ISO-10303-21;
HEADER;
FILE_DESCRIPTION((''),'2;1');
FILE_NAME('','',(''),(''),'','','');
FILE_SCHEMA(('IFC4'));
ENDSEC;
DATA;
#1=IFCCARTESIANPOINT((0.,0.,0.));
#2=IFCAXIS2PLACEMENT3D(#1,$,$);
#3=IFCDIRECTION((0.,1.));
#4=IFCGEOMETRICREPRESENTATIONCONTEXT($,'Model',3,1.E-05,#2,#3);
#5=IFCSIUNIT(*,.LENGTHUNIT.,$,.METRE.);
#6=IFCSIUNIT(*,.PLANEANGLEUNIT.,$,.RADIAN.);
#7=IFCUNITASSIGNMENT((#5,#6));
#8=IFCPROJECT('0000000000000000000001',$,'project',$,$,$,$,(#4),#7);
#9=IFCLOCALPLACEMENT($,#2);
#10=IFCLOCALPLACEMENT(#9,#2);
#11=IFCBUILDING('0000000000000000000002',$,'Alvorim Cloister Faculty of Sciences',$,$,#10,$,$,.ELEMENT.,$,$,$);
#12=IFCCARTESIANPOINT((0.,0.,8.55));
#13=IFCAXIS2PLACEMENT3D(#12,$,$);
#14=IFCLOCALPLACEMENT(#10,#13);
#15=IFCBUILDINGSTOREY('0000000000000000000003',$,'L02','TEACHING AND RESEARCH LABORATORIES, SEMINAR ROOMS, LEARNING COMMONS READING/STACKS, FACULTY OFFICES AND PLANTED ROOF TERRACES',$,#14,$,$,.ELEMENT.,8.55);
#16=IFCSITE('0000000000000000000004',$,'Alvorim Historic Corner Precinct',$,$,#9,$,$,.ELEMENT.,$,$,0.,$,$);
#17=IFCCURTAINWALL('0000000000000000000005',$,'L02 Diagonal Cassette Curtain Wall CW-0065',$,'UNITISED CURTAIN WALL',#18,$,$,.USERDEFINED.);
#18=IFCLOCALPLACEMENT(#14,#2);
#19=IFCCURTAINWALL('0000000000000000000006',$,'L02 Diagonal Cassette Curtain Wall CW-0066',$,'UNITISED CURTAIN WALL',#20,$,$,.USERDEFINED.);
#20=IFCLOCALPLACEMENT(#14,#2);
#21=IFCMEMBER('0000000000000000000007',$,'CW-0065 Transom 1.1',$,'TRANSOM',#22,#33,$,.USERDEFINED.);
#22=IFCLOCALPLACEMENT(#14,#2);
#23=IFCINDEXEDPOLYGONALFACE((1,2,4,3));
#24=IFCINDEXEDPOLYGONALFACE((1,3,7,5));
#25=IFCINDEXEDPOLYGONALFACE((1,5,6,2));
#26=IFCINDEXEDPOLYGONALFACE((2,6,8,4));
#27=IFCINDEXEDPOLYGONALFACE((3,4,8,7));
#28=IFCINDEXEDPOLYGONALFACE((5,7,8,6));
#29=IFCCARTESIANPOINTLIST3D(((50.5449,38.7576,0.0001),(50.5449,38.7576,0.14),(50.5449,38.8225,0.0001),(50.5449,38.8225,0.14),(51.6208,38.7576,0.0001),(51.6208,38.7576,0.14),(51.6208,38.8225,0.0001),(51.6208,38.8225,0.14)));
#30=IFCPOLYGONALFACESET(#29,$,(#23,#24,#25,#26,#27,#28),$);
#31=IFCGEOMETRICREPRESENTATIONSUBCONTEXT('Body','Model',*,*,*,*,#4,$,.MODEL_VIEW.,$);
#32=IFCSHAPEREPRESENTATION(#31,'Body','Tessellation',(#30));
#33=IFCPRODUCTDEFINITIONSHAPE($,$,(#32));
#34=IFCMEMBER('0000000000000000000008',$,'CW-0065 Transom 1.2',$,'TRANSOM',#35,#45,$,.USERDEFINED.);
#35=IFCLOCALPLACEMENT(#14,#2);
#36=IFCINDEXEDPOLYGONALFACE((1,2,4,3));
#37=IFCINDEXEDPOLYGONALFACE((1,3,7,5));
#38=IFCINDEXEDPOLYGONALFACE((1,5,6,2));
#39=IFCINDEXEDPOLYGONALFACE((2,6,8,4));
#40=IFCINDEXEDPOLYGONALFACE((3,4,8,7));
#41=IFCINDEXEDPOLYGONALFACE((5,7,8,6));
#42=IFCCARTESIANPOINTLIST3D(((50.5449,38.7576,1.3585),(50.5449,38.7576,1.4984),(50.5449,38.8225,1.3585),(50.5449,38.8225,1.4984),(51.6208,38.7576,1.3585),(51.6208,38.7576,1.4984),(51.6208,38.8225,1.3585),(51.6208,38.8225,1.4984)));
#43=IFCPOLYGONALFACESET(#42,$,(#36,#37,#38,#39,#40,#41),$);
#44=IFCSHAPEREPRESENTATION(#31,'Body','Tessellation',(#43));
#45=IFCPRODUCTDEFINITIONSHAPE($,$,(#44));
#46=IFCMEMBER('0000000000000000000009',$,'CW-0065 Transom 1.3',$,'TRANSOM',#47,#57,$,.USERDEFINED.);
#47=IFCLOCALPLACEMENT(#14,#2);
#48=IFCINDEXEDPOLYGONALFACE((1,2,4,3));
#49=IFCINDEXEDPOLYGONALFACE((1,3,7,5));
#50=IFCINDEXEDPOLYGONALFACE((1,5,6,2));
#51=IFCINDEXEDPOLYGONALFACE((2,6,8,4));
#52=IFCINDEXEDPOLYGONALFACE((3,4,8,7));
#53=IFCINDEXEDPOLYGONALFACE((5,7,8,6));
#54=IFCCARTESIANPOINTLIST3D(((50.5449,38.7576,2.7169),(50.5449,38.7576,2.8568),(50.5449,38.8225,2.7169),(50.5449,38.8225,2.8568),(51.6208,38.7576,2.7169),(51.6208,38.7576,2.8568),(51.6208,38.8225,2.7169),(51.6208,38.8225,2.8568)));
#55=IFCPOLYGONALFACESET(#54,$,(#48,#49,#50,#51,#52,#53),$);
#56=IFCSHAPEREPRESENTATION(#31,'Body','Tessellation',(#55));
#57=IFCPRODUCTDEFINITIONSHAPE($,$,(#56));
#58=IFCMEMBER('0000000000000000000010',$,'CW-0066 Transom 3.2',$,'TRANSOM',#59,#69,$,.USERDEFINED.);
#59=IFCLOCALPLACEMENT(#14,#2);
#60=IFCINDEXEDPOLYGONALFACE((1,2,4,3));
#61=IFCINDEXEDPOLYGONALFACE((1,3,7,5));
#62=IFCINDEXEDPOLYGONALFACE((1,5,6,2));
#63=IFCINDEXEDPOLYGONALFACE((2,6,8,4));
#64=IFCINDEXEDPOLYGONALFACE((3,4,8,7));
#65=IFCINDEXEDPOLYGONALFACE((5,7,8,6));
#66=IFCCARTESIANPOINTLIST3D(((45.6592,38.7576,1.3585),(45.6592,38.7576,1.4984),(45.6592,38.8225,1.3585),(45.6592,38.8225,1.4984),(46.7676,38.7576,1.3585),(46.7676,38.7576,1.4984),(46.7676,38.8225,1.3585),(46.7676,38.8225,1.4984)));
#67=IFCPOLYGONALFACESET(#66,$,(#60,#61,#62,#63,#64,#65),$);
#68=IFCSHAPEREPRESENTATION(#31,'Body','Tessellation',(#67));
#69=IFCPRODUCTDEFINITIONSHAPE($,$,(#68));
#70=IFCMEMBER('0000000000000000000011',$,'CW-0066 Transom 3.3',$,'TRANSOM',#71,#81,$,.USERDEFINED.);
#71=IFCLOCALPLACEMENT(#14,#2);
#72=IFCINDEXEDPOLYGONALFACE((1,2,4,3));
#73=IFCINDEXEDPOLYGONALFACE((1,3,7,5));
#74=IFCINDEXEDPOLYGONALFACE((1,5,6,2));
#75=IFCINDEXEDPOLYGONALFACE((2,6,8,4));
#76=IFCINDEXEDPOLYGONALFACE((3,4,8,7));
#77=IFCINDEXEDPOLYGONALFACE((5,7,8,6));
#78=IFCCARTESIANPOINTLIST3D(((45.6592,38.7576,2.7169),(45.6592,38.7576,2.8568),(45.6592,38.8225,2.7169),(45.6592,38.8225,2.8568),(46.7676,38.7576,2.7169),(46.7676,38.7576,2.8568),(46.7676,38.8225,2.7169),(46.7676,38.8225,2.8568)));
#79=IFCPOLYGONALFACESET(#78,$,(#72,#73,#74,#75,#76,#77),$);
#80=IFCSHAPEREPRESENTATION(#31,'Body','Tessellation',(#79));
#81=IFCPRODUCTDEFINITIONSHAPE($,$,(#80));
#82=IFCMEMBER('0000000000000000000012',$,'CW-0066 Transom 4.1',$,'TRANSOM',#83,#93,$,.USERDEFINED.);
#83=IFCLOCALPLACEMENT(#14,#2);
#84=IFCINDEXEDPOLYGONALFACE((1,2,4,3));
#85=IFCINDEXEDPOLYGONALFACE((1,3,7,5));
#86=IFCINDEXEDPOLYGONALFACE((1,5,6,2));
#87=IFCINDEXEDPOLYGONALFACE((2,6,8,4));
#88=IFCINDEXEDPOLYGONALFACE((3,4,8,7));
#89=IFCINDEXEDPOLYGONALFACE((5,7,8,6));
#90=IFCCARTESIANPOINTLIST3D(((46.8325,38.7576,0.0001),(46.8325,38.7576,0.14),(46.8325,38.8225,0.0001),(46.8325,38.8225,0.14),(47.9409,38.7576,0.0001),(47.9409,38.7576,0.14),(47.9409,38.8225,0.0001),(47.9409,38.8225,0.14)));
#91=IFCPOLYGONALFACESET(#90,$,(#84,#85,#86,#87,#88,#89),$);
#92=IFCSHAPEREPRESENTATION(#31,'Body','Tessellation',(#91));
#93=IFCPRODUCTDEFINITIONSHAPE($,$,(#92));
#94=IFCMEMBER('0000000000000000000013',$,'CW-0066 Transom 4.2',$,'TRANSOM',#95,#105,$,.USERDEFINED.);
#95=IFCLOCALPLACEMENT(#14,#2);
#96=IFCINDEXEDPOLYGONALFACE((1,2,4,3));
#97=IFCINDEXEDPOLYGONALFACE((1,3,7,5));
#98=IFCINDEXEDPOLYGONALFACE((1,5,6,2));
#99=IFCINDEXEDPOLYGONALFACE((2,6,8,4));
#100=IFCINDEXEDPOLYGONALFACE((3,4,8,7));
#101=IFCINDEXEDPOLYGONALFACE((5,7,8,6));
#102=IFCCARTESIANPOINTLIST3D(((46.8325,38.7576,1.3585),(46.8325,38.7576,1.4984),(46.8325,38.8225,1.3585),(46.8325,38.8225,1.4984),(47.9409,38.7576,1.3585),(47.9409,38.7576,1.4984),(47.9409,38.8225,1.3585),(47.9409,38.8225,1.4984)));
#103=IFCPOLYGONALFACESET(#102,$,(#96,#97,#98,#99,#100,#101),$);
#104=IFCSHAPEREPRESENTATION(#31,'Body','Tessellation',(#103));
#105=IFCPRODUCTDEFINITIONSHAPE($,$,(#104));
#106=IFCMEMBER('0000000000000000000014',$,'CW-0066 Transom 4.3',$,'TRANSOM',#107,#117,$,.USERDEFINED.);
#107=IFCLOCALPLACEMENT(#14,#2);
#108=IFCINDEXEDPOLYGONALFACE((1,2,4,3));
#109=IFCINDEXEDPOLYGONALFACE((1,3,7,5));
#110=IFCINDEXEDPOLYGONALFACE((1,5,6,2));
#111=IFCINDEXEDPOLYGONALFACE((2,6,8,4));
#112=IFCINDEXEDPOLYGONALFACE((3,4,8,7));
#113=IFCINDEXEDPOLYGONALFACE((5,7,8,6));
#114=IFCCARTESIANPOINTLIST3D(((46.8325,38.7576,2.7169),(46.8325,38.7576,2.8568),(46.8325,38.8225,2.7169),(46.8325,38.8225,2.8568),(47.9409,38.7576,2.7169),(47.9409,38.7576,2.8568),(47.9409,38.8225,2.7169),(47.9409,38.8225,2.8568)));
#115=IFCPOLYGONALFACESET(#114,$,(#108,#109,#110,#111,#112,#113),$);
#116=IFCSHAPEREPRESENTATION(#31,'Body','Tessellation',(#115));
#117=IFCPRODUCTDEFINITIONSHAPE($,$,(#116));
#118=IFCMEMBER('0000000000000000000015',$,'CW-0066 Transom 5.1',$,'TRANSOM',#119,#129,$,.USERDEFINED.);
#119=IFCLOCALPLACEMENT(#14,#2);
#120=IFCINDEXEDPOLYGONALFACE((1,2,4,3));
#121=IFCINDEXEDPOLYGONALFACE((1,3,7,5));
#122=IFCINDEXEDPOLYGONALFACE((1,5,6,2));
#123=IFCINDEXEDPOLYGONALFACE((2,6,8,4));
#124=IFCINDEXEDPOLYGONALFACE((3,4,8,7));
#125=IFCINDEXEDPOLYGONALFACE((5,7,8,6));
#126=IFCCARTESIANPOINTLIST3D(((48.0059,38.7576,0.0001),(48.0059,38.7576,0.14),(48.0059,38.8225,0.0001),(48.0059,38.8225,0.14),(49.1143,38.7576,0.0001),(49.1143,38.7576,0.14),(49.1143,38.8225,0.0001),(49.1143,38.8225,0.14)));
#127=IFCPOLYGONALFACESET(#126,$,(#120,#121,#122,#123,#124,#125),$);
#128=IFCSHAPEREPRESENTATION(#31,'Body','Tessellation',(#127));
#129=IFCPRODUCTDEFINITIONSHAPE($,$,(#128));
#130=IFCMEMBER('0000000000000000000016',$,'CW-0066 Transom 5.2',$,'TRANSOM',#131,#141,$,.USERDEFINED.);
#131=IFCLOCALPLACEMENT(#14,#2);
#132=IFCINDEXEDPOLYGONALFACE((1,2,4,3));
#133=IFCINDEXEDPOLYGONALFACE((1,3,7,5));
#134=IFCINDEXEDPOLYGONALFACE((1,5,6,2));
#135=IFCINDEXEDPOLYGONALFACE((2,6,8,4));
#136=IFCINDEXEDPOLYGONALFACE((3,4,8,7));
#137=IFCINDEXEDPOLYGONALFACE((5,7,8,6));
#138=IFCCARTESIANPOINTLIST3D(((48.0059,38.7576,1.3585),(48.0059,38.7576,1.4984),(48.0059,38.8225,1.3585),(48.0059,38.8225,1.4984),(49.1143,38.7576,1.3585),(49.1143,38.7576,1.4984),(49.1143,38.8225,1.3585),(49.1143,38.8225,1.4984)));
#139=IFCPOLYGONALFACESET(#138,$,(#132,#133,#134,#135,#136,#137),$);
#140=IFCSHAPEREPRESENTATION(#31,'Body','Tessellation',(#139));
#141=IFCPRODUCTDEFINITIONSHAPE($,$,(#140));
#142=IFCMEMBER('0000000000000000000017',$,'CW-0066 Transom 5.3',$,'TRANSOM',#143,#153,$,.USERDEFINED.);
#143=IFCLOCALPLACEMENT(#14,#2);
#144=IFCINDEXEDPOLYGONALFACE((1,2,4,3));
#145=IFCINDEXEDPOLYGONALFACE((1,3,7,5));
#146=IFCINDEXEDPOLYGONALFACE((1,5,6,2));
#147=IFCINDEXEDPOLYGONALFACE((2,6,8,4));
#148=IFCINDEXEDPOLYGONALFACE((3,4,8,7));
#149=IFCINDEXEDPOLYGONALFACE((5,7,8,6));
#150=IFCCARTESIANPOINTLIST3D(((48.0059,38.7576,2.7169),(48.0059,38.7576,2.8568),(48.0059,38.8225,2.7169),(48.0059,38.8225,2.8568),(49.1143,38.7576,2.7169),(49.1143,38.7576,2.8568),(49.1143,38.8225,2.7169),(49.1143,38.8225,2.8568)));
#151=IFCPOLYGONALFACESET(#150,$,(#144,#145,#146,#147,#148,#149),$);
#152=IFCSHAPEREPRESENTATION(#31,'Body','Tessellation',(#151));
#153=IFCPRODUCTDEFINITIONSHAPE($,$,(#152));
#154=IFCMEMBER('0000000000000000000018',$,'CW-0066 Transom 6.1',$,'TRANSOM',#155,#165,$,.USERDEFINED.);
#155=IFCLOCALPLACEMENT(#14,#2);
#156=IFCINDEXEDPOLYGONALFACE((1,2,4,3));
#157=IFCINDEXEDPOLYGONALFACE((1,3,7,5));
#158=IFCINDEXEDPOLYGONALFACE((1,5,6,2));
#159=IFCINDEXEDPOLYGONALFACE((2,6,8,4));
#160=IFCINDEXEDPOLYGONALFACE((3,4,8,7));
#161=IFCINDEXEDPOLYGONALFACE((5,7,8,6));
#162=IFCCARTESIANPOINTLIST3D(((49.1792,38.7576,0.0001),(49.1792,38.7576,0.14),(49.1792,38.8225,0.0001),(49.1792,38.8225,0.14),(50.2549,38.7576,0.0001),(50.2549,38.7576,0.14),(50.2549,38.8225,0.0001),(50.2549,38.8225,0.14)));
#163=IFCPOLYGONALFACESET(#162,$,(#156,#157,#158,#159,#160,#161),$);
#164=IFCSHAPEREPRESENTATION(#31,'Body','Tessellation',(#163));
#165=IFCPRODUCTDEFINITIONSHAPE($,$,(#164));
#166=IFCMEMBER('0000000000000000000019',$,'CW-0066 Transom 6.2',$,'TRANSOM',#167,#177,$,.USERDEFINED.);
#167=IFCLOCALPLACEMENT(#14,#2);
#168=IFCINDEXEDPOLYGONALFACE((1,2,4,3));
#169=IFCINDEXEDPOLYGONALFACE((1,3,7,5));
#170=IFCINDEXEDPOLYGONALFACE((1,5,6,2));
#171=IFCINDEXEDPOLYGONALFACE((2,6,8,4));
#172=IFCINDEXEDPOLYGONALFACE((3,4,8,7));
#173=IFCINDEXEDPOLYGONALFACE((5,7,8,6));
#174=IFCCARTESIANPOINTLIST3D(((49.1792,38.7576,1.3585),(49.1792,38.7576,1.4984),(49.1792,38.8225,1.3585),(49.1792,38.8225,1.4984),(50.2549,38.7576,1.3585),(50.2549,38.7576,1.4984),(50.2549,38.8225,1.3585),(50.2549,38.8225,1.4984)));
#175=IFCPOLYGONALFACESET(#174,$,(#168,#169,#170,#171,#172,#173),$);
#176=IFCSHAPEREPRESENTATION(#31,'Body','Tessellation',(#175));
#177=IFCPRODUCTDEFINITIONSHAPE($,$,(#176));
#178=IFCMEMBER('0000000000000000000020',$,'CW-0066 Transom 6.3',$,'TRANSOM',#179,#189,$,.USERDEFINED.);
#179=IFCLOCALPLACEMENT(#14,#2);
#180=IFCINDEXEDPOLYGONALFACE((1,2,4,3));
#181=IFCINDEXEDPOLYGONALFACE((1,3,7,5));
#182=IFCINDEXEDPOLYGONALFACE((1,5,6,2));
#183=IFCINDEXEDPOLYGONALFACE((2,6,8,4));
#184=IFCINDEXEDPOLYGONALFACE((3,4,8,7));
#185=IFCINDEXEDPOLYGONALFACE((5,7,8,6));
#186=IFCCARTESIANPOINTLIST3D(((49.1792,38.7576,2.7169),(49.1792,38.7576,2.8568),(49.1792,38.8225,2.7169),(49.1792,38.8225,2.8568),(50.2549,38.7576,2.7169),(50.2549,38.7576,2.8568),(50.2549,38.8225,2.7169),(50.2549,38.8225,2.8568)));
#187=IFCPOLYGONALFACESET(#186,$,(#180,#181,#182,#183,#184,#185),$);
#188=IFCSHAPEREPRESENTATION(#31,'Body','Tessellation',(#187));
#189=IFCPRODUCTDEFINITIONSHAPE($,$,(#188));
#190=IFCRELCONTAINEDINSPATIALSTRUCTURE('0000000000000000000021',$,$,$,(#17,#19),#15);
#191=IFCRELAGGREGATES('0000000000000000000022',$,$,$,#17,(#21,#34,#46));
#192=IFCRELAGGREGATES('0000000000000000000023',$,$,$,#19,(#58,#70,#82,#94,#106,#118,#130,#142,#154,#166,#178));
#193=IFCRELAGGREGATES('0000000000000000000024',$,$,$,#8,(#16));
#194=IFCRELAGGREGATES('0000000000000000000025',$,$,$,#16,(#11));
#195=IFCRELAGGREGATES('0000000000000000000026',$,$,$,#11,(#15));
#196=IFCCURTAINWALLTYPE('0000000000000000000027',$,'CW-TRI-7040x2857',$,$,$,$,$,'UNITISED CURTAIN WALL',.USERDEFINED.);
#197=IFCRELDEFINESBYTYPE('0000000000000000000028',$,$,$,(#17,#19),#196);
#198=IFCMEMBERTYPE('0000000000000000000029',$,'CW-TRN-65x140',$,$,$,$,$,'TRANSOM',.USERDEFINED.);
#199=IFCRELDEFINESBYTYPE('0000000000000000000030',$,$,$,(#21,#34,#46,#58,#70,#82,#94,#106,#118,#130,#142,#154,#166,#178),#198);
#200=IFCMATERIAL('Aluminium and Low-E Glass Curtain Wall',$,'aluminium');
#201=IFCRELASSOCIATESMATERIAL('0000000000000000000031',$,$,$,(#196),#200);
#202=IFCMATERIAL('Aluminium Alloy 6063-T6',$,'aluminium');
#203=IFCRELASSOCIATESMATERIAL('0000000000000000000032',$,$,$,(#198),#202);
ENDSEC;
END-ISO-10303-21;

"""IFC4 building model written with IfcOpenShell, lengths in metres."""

from ifc_helpers import new_model, si_unit, direction, frame, origin, origin_2d, place, context, subcontext, project, spatial, rectangle, extrude, material, material_profile, profile_set, type_object, element, aggregate, save


model = new_model("IFC4")

# Units and contexts
model_context = context("Model", 3, precision=1e-05, world=origin(), true_north=direction((0.0, 1.0)))
body_context = subcontext(model_context, "Body", "Model", "MODEL_VIEW")
ifc_project = project(units=[si_unit("LENGTHUNIT", "METRE"), si_unit("PLANEANGLEUNIT", "RADIAN")], contexts=[model_context])

# Site, building, storey
site_placement = place(None, origin())
site = spatial("IfcSite", under=ifc_project, at=site_placement, Name="Alvorim Historic Corner Precinct", CompositionType="ELEMENT", RefElevation=0.0)
building_placement = place(site_placement, origin())
building = spatial("IfcBuilding", under=site, at=building_placement, Name="Alvorim Cloister Faculty of Sciences", CompositionType="ELEMENT")
storey_placement = place(building_placement, frame((0.0, 0.0, 8.55)))
storey = spatial("IfcBuildingStorey", under=building, at=storey_placement, Name="L02", Description="TEACHING AND RESEARCH LABORATORIES, SEMINAR ROOMS, LEARNING COMMONS READING/STACKS, FACULTY OFFICES AND PLANTED ROOF TERRACES", CompositionType="ELEMENT", Elevation=8.55)

# Curtain wall
ifc_material_1 = material(Name="Aluminium and Low-E Glass Curtain Wall", Category="aluminium")
curtain_wall_type = type_object("IfcCurtainWallType", Name="CW-TRI-7040x2857", ElementType="UNITISED CURTAIN WALL", PredefinedType="USERDEFINED", material=ifc_material_1)
curtain_wall_1_placement = place(storey_placement, origin())
curtain_wall_1 = element("IfcCurtainWall", 1, at=curtain_wall_1_placement, inside=storey, type_object=curtain_wall_type, Name="L02 Diagonal Cassette Curtain Wall CW-0065", ObjectType="UNITISED CURTAIN WALL", PredefinedType="USERDEFINED")
ifc_material_2 = material(Name="Aluminium Alloy 6063-T6", Category="aluminium")

# Curtain wall
curtain_wall_2_placement = place(storey_placement, origin())
curtain_wall_2 = element("IfcCurtainWall", 2, at=curtain_wall_2_placement, inside=storey, type_object=curtain_wall_type, Name="L02 Diagonal Cassette Curtain Wall CW-0066", ObjectType="UNITISED CURTAIN WALL", PredefinedType="USERDEFINED")

# Members
ifc_material_profile_1 = material_profile(ifc_material_2, rectangle(XDim=0.0649, YDim=0.1399, at=origin_2d()), Name="ALU-TRN-65x140")
ifc_profile_set_1 = profile_set([ifc_material_profile_1], Name="Aluminium Alloy 6063-T6")
member_type_1 = type_object("IfcMemberType", Name="CW-TRN-65x140", ElementType="TRANSOM", PredefinedType="USERDEFINED", material=ifc_profile_set_1)
member_1_placement = place(storey_placement, frame((50.5449, 38.79, 0.0701), z_axis=(1.0, 0.0, 0.0), x_axis=(0.0, 1.0, 0.0)))
member_1 = element("IfcMember", 3, at=member_1_placement, type_object=member_type_1, Name="CW-0065 Transom 1.1", ObjectType="TRANSOM", PredefinedType="USERDEFINED", context=body_context, shape_type="SweptSolid", body=[
    extrude(rectangle(XDim=0.0649, YDim=0.1399, at=origin_2d()), origin(), (0.0, 0.0, 1.0), 1.0759),
])
member_2_placement = place(storey_placement, frame((50.5449, 38.79, 1.4285), z_axis=(1.0, 0.0, 0.0), x_axis=(0.0, 1.0, 0.0)))
member_2 = element("IfcMember", 4, at=member_2_placement, type_object=member_type_1, Name="CW-0065 Transom 1.2", ObjectType="TRANSOM", PredefinedType="USERDEFINED", context=body_context, shape_type="SweptSolid", body=[
    extrude(rectangle(XDim=0.0649, YDim=0.1399, at=origin_2d()), origin(), (0.0, 0.0, 1.0), 1.0759),
])
member_3_placement = place(storey_placement, frame((50.5449, 38.79, 2.7869), z_axis=(1.0, 0.0, 0.0), x_axis=(0.0, 1.0, 0.0)))
member_3 = element("IfcMember", 5, at=member_3_placement, type_object=member_type_1, Name="CW-0065 Transom 1.3", ObjectType="TRANSOM", PredefinedType="USERDEFINED", context=body_context, shape_type="SweptSolid", body=[
    extrude(rectangle(XDim=0.0649, YDim=0.1399, at=origin_2d()), origin(), (0.0, 0.0, 1.0), 1.0759),
])
aggregate(curtain_wall_1, [member_1, member_2, member_3])
member_4_placement = place(storey_placement, frame((45.6592, 38.79, 1.4285), z_axis=(1.0, 0.0, 0.0), x_axis=(0.0, 1.0, 0.0)))
member_4 = element("IfcMember", 6, at=member_4_placement, type_object=member_type_1, Name="CW-0066 Transom 3.2", ObjectType="TRANSOM", PredefinedType="USERDEFINED", context=body_context, shape_type="SweptSolid", body=[
    extrude(rectangle(XDim=0.0649, YDim=0.1399, at=origin_2d()), origin(), (0.0, 0.0, 1.0), 1.1084),
])
member_5_placement = place(storey_placement, frame((45.6592, 38.79, 2.7869), z_axis=(1.0, 0.0, 0.0), x_axis=(0.0, 1.0, 0.0)))
member_5 = element("IfcMember", 7, at=member_5_placement, type_object=member_type_1, Name="CW-0066 Transom 3.3", ObjectType="TRANSOM", PredefinedType="USERDEFINED", context=body_context, shape_type="SweptSolid", body=[
    extrude(rectangle(XDim=0.0649, YDim=0.1399, at=origin_2d()), origin(), (0.0, 0.0, 1.0), 1.1084),
])
member_6_placement = place(storey_placement, frame((46.8325, 38.79, 0.0701), z_axis=(1.0, 0.0, 0.0), x_axis=(0.0, 1.0, 0.0)))
member_6 = element("IfcMember", 8, at=member_6_placement, type_object=member_type_1, Name="CW-0066 Transom 4.1", ObjectType="TRANSOM", PredefinedType="USERDEFINED", context=body_context, shape_type="SweptSolid", body=[
    extrude(rectangle(XDim=0.0649, YDim=0.1399, at=origin_2d()), origin(), (0.0, 0.0, 1.0), 1.1084),
])
member_7_placement = place(storey_placement, frame((46.8325, 38.79, 1.4285), z_axis=(1.0, 0.0, 0.0), x_axis=(0.0, 1.0, 0.0)))
member_7 = element("IfcMember", 9, at=member_7_placement, type_object=member_type_1, Name="CW-0066 Transom 4.2", ObjectType="TRANSOM", PredefinedType="USERDEFINED", context=body_context, shape_type="SweptSolid", body=[
    extrude(rectangle(XDim=0.0649, YDim=0.1399, at=origin_2d()), origin(), (0.0, 0.0, 1.0), 1.1084),
])
member_8_placement = place(storey_placement, frame((46.8325, 38.79, 2.7869), z_axis=(1.0, 0.0, 0.0), x_axis=(0.0, 1.0, 0.0)))
member_8 = element("IfcMember", 10, at=member_8_placement, type_object=member_type_1, Name="CW-0066 Transom 4.3", ObjectType="TRANSOM", PredefinedType="USERDEFINED", context=body_context, shape_type="SweptSolid", body=[
    extrude(rectangle(XDim=0.0649, YDim=0.1399, at=origin_2d()), origin(), (0.0, 0.0, 1.0), 1.1084),
])
member_9_placement = place(storey_placement, frame((48.0059, 38.79, 0.0701), z_axis=(1.0, 0.0, 0.0), x_axis=(0.0, 1.0, 0.0)))
member_9 = element("IfcMember", 11, at=member_9_placement, type_object=member_type_1, Name="CW-0066 Transom 5.1", ObjectType="TRANSOM", PredefinedType="USERDEFINED", context=body_context, shape_type="SweptSolid", body=[
    extrude(rectangle(XDim=0.0649, YDim=0.1399, at=origin_2d()), origin(), (0.0, 0.0, 1.0), 1.1084),
])
member_10_placement = place(storey_placement, frame((48.0059, 38.79, 1.4285), z_axis=(1.0, 0.0, 0.0), x_axis=(0.0, 1.0, 0.0)))
member_10 = element("IfcMember", 12, at=member_10_placement, type_object=member_type_1, Name="CW-0066 Transom 5.2", ObjectType="TRANSOM", PredefinedType="USERDEFINED", context=body_context, shape_type="SweptSolid", body=[
    extrude(rectangle(XDim=0.0649, YDim=0.1399, at=origin_2d()), origin(), (0.0, 0.0, 1.0), 1.1084),
])
member_11_placement = place(storey_placement, frame((48.0059, 38.79, 2.7869), z_axis=(1.0, 0.0, 0.0), x_axis=(0.0, 1.0, 0.0)))
member_11 = element("IfcMember", 13, at=member_11_placement, type_object=member_type_1, Name="CW-0066 Transom 5.3", ObjectType="TRANSOM", PredefinedType="USERDEFINED", context=body_context, shape_type="SweptSolid", body=[
    extrude(rectangle(XDim=0.0649, YDim=0.1399, at=origin_2d()), origin(), (0.0, 0.0, 1.0), 1.1084),
])
member_12_placement = place(storey_placement, frame((49.1792, 38.79, 0.0701), z_axis=(1.0, 0.0, 0.0), x_axis=(0.0, 1.0, 0.0)))
member_12 = element("IfcMember", 14, at=member_12_placement, type_object=member_type_1, Name="CW-0066 Transom 6.1", ObjectType="TRANSOM", PredefinedType="USERDEFINED", context=body_context, shape_type="SweptSolid", body=[
    extrude(rectangle(XDim=0.0649, YDim=0.1399, at=origin_2d()), origin(), (0.0, 0.0, 1.0), 1.0757),
])
member_13_placement = place(storey_placement, frame((49.1792, 38.79, 1.4285), z_axis=(1.0, 0.0, 0.0), x_axis=(0.0, 1.0, 0.0)))
member_13 = element("IfcMember", 15, at=member_13_placement, type_object=member_type_1, Name="CW-0066 Transom 6.2", ObjectType="TRANSOM", PredefinedType="USERDEFINED", context=body_context, shape_type="SweptSolid", body=[
    extrude(rectangle(XDim=0.0649, YDim=0.1399, at=origin_2d()), origin(), (0.0, 0.0, 1.0), 1.0757),
])
member_14_placement = place(storey_placement, frame((49.1792, 38.79, 2.7869), z_axis=(1.0, 0.0, 0.0), x_axis=(0.0, 1.0, 0.0)))
member_14 = element("IfcMember", 16, at=member_14_placement, type_object=member_type_1, Name="CW-0066 Transom 6.3", ObjectType="TRANSOM", PredefinedType="USERDEFINED", context=body_context, shape_type="SweptSolid", body=[
    extrude(rectangle(XDim=0.0649, YDim=0.1399, at=origin_2d()), origin(), (0.0, 0.0, 1.0), 1.0757),
])
aggregate(curtain_wall_2, [member_4, member_5, member_6, member_7, member_8, member_9, member_10, member_11, member_12, member_13, member_14])

save(model, "model.ifc")
